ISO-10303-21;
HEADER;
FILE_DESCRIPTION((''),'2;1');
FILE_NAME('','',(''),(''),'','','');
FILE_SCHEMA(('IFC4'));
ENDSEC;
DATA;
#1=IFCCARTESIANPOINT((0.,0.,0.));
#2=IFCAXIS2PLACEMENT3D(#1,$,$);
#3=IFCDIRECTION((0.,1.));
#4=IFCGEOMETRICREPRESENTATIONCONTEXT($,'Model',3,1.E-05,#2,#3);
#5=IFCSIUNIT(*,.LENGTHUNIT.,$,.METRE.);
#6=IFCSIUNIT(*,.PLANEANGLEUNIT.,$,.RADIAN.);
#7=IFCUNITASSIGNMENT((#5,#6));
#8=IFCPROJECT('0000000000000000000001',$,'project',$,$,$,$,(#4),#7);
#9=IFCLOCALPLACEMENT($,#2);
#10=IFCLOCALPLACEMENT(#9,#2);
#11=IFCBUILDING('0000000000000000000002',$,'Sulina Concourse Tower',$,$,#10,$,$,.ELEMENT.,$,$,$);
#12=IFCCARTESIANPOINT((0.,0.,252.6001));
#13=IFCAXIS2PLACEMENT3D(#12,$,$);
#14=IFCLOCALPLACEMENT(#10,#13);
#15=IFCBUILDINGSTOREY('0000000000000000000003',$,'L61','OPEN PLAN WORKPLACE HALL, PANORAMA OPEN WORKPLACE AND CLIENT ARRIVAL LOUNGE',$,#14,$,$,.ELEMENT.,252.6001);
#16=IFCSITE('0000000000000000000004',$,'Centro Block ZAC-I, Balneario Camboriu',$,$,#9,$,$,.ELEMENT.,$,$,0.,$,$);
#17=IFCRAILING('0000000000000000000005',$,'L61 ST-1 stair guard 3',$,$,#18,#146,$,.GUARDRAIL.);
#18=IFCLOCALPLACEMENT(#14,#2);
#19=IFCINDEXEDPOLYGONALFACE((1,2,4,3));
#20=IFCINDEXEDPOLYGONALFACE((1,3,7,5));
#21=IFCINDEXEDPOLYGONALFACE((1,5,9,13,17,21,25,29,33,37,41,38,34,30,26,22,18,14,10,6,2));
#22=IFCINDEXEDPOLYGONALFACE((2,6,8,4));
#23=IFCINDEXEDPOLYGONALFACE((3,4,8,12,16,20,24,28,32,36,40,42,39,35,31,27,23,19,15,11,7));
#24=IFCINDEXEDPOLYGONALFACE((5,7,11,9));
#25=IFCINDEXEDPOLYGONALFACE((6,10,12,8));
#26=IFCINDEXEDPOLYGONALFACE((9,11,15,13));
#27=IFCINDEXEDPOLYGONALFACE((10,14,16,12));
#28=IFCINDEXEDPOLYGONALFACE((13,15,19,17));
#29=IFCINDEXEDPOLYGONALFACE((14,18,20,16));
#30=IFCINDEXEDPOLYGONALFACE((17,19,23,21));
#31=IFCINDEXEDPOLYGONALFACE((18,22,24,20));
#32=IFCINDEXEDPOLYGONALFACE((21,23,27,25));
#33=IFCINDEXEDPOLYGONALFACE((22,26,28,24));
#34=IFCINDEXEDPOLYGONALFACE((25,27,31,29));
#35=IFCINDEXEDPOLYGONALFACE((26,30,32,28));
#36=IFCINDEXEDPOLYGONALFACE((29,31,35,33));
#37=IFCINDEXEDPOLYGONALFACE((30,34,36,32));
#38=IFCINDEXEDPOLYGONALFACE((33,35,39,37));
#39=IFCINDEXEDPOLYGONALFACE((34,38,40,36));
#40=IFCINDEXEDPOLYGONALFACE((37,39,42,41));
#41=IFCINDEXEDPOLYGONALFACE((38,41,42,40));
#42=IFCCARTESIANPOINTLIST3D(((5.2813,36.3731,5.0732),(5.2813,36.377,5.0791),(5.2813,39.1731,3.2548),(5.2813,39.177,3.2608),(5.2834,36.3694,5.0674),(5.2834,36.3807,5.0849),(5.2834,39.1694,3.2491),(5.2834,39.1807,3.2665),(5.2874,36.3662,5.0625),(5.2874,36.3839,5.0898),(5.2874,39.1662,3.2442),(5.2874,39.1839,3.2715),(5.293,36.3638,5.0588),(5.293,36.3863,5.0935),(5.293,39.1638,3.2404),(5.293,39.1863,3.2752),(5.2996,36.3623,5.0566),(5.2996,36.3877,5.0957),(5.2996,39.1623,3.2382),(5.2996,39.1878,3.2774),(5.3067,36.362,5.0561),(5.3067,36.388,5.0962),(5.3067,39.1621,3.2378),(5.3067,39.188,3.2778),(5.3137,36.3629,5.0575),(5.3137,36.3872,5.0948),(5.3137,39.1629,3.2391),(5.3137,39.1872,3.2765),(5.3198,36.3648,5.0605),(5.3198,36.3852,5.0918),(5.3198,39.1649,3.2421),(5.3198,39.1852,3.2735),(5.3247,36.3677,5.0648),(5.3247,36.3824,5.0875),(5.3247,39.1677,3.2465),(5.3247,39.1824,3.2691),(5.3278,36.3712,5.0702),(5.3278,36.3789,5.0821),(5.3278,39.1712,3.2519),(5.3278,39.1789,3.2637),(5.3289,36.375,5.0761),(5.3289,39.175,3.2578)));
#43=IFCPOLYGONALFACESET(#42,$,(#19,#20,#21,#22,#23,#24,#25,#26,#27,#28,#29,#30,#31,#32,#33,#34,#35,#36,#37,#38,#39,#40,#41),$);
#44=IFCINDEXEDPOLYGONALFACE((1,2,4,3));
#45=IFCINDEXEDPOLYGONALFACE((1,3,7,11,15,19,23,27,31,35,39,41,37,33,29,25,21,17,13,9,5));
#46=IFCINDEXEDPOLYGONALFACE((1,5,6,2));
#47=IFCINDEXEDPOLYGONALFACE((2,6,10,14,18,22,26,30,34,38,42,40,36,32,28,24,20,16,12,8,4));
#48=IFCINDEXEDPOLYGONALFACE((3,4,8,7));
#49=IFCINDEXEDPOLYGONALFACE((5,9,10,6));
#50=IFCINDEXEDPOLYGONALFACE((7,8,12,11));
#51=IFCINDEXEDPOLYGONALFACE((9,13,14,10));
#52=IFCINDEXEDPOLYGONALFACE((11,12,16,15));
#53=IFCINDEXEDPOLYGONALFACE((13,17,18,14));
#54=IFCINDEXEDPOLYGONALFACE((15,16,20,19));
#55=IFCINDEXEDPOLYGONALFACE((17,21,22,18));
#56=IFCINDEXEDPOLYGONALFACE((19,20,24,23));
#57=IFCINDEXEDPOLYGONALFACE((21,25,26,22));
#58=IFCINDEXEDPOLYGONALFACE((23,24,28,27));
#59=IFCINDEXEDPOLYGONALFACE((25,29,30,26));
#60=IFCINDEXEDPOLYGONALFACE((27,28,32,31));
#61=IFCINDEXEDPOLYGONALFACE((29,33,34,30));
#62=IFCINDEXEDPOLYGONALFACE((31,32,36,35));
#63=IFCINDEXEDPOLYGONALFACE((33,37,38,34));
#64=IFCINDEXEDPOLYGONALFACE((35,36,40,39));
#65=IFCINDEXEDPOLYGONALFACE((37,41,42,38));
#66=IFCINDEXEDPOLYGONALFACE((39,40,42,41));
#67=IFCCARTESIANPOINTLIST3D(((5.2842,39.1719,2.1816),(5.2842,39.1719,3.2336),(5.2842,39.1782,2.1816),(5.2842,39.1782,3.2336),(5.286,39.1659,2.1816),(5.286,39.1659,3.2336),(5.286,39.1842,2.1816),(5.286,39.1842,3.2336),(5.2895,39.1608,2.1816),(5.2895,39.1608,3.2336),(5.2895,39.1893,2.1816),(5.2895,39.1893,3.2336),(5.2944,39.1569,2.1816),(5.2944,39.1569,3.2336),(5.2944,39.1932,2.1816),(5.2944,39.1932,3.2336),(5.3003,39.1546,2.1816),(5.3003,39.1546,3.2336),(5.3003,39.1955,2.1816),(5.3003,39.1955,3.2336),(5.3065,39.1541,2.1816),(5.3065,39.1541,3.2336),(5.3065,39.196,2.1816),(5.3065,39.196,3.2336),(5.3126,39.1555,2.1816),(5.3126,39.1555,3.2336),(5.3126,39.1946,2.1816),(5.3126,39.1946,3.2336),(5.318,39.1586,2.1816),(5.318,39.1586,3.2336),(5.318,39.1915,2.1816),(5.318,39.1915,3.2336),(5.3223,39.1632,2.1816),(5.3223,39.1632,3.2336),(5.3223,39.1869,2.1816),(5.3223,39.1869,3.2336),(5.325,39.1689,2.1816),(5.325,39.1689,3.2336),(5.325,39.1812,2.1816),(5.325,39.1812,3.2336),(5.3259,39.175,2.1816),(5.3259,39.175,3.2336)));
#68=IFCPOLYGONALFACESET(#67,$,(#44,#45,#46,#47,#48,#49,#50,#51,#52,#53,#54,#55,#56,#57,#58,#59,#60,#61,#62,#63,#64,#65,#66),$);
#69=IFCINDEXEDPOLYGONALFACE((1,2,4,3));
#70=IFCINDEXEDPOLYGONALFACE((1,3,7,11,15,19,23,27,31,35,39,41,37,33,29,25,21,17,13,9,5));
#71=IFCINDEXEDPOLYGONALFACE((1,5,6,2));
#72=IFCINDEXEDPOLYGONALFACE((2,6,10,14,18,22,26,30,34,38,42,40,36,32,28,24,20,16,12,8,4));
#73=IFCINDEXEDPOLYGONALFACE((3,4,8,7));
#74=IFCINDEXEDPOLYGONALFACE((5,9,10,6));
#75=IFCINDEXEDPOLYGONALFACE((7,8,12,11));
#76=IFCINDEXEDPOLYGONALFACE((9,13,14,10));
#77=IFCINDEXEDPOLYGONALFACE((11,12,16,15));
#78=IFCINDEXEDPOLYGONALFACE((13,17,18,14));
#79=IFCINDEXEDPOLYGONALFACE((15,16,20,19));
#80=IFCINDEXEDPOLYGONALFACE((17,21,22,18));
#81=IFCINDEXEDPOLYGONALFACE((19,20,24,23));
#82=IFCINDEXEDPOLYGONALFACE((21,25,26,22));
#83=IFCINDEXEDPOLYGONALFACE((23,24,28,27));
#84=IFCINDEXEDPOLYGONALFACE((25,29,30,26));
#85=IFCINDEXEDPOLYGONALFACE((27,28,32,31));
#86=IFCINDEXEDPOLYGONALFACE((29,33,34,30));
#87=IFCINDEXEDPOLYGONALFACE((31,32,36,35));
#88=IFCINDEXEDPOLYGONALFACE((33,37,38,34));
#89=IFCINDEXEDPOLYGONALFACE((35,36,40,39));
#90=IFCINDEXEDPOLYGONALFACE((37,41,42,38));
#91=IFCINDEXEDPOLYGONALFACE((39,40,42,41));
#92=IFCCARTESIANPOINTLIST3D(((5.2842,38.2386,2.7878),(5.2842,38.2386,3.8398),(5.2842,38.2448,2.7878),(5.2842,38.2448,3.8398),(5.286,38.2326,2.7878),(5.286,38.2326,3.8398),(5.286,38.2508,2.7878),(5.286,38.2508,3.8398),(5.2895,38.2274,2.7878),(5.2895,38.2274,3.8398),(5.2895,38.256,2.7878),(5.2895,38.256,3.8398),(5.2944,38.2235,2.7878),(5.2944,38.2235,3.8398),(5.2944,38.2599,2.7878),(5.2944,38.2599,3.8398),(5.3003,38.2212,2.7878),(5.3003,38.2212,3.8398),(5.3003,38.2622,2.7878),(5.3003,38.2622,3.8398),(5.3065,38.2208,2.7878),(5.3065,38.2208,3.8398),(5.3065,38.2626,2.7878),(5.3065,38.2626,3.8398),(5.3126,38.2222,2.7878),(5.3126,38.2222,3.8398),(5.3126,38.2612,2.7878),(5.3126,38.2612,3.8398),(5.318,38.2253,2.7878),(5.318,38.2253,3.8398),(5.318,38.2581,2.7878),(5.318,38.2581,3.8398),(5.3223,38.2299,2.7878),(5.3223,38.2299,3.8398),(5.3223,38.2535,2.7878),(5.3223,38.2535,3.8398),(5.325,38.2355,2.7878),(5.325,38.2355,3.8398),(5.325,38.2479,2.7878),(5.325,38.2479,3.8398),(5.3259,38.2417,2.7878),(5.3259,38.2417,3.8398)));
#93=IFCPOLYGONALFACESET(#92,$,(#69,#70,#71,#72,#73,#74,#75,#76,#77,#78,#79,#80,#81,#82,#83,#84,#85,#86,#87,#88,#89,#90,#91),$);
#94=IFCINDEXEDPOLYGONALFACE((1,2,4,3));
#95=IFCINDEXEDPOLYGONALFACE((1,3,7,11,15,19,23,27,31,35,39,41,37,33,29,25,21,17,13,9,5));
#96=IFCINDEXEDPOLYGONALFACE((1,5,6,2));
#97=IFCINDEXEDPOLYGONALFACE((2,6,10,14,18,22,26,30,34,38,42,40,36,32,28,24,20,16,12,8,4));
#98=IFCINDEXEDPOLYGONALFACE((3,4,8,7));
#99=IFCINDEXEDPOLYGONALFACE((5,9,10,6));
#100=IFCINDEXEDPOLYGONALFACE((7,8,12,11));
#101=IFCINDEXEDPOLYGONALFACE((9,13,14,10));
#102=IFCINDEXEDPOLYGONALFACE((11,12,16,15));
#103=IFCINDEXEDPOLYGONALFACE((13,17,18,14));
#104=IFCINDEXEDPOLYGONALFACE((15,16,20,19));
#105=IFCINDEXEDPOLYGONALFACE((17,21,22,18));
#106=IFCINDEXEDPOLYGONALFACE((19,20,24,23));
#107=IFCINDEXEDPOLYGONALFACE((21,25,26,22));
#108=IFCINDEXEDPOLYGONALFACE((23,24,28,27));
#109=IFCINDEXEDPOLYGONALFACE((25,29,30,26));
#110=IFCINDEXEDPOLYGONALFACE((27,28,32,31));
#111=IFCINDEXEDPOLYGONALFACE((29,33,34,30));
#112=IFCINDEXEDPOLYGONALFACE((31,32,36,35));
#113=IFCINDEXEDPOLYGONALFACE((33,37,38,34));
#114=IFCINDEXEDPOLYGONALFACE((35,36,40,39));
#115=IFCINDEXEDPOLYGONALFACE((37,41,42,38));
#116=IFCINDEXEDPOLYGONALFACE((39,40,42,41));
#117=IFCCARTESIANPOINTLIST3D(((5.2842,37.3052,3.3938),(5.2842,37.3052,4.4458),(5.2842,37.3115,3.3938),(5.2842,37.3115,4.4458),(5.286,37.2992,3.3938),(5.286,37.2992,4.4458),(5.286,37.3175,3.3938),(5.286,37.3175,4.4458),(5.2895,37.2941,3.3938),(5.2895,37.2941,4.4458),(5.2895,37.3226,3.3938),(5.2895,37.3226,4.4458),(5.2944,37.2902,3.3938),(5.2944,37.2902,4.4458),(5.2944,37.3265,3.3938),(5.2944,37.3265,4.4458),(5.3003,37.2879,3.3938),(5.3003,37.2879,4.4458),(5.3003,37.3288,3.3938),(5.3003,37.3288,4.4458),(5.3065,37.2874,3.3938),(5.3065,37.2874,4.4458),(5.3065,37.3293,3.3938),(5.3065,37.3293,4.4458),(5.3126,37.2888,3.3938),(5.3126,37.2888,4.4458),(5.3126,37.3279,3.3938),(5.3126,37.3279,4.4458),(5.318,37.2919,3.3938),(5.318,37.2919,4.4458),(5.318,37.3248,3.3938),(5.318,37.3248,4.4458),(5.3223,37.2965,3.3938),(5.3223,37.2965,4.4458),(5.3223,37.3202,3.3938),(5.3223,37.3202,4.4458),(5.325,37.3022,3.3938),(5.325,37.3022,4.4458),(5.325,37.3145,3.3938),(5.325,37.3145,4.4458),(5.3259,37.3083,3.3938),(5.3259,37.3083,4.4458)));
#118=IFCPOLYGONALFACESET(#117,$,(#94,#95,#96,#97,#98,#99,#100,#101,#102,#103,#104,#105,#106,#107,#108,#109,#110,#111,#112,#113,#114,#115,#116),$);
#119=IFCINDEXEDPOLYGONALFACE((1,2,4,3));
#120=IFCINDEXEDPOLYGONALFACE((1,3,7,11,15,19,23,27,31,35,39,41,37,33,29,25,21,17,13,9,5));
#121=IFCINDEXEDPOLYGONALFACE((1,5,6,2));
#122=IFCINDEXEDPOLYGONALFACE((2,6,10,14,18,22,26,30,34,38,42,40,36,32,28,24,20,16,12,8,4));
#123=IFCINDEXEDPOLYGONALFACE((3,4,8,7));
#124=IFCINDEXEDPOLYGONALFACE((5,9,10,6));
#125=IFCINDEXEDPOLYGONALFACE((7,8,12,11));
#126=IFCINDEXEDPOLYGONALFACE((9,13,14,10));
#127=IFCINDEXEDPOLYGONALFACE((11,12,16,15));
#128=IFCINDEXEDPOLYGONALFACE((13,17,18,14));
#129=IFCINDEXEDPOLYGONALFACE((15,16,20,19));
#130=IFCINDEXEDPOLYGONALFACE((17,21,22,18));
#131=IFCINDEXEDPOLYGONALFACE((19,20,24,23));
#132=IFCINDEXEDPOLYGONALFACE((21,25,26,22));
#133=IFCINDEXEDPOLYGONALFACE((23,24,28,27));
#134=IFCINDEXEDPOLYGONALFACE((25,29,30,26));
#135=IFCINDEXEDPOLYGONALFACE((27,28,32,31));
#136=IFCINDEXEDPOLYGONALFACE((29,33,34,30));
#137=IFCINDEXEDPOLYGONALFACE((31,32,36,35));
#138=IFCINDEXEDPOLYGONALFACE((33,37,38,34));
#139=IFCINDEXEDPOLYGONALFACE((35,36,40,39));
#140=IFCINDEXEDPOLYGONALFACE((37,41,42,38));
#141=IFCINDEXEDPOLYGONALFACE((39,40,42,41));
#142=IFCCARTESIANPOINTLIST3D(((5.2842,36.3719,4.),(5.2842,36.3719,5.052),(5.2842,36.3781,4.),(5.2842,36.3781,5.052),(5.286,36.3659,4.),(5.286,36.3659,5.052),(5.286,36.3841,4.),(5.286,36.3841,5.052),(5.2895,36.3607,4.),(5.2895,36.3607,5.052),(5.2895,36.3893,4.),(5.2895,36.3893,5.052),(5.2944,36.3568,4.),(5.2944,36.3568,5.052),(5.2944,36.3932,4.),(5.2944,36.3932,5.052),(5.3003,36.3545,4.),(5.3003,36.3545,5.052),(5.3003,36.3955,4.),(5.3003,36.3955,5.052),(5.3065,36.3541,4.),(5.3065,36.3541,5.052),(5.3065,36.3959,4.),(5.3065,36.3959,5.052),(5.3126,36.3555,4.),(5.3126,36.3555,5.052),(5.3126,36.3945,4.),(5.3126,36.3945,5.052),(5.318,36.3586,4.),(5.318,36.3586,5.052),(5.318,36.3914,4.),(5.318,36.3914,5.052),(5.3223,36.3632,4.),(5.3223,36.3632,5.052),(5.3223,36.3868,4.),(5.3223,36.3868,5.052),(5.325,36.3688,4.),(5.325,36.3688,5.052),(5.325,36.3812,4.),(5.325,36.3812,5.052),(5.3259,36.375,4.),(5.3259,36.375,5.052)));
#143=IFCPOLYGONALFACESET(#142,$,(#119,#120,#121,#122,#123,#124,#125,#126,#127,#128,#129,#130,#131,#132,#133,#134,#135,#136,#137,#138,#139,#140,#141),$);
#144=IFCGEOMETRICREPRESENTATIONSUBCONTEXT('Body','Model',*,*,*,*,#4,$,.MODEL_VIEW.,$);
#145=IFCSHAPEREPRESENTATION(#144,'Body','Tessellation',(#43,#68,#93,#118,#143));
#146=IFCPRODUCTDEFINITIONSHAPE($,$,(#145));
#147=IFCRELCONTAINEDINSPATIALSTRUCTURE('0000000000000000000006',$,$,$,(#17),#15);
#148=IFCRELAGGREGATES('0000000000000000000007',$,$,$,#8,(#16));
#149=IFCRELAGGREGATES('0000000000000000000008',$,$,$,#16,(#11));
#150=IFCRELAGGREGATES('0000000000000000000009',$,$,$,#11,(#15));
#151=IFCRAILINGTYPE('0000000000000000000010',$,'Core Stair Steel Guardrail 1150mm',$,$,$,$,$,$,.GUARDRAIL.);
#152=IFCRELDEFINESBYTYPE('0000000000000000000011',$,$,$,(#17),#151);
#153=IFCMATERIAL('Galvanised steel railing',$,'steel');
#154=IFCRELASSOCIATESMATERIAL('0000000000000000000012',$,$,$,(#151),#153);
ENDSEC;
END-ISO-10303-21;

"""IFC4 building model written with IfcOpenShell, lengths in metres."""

from ifc_helpers import new_model, si_unit, direction, frame, origin, origin_2d, place, context, subcontext, project, spatial, circle, extrude, material, type_object, element, save


model = new_model("IFC4")

# Units and contexts
model_context = context("Model", 3, precision=1e-05, world=origin(), true_north=direction((0.0, 1.0)))
body_context = subcontext(model_context, "Body", "Model", "MODEL_VIEW")
ifc_project = project(units=[si_unit("LENGTHUNIT", "METRE"), si_unit("PLANEANGLEUNIT", "RADIAN")], contexts=[model_context])

# Site, building, storey
site_placement = place(None, origin())
site = spatial("IfcSite", under=ifc_project, at=site_placement, Name="Centro Block ZAC-I, Balneario Camboriu", CompositionType="ELEMENT", RefElevation=0.0)
building_placement = place(site_placement, origin())
building = spatial("IfcBuilding", under=site, at=building_placement, Name="Sulina Concourse Tower", CompositionType="ELEMENT")
storey_placement = place(building_placement, frame((0.0, 0.0, 252.6001)))
storey = spatial("IfcBuildingStorey", under=building, at=storey_placement, Name="L61", Description="OPEN PLAN WORKPLACE HALL, PANORAMA OPEN WORKPLACE AND CLIENT ARRIVAL LOUNGE", CompositionType="ELEMENT", Elevation=252.6001)

# Railing
ifc_material_1 = material(Name="Galvanised steel railing", Category="steel")
railing_type_1 = type_object("IfcRailingType", Name="Core Stair Steel Guardrail 1150mm", PredefinedType="GUARDRAIL", material=ifc_material_1)
railing_1_placement = place(storey_placement, frame((5.3049, 39.175, 2.1816)))
element("IfcRailing", 1, at=railing_1_placement, inside=storey, type_object=railing_type_1, Name="L61 ST-1 stair guard 3", PredefinedType="GUARDRAIL", context=body_context, shape_type="SweptSolid", body=[
    extrude(circle(Radius=0.0239, at=origin_2d()), frame((0.0, 0.0, 1.0762), z_axis=(0.0, -0.838672, 0.544636), x_axis=(1.0, 0.0, 0.0)), (0.0, 0.0, 1.0), 3.3386),
    extrude(circle(Radius=0.021, at=origin_2d()), origin(), (0.0, 0.0, 1.0), 1.052),
    extrude(circle(Radius=0.021, at=origin_2d()), frame((0.0, -0.9333, 0.6062)), (0.0, 0.0, 1.0), 1.052),
    extrude(circle(Radius=0.021, at=origin_2d()), frame((0.0, -1.8667, 1.2122)), (0.0, 0.0, 1.0), 1.052),
    extrude(circle(Radius=0.021, at=origin_2d()), frame((0.0, -2.8, 1.8184)), (0.0, 0.0, 1.0), 1.052),
])

save(model, "model.ifc")
